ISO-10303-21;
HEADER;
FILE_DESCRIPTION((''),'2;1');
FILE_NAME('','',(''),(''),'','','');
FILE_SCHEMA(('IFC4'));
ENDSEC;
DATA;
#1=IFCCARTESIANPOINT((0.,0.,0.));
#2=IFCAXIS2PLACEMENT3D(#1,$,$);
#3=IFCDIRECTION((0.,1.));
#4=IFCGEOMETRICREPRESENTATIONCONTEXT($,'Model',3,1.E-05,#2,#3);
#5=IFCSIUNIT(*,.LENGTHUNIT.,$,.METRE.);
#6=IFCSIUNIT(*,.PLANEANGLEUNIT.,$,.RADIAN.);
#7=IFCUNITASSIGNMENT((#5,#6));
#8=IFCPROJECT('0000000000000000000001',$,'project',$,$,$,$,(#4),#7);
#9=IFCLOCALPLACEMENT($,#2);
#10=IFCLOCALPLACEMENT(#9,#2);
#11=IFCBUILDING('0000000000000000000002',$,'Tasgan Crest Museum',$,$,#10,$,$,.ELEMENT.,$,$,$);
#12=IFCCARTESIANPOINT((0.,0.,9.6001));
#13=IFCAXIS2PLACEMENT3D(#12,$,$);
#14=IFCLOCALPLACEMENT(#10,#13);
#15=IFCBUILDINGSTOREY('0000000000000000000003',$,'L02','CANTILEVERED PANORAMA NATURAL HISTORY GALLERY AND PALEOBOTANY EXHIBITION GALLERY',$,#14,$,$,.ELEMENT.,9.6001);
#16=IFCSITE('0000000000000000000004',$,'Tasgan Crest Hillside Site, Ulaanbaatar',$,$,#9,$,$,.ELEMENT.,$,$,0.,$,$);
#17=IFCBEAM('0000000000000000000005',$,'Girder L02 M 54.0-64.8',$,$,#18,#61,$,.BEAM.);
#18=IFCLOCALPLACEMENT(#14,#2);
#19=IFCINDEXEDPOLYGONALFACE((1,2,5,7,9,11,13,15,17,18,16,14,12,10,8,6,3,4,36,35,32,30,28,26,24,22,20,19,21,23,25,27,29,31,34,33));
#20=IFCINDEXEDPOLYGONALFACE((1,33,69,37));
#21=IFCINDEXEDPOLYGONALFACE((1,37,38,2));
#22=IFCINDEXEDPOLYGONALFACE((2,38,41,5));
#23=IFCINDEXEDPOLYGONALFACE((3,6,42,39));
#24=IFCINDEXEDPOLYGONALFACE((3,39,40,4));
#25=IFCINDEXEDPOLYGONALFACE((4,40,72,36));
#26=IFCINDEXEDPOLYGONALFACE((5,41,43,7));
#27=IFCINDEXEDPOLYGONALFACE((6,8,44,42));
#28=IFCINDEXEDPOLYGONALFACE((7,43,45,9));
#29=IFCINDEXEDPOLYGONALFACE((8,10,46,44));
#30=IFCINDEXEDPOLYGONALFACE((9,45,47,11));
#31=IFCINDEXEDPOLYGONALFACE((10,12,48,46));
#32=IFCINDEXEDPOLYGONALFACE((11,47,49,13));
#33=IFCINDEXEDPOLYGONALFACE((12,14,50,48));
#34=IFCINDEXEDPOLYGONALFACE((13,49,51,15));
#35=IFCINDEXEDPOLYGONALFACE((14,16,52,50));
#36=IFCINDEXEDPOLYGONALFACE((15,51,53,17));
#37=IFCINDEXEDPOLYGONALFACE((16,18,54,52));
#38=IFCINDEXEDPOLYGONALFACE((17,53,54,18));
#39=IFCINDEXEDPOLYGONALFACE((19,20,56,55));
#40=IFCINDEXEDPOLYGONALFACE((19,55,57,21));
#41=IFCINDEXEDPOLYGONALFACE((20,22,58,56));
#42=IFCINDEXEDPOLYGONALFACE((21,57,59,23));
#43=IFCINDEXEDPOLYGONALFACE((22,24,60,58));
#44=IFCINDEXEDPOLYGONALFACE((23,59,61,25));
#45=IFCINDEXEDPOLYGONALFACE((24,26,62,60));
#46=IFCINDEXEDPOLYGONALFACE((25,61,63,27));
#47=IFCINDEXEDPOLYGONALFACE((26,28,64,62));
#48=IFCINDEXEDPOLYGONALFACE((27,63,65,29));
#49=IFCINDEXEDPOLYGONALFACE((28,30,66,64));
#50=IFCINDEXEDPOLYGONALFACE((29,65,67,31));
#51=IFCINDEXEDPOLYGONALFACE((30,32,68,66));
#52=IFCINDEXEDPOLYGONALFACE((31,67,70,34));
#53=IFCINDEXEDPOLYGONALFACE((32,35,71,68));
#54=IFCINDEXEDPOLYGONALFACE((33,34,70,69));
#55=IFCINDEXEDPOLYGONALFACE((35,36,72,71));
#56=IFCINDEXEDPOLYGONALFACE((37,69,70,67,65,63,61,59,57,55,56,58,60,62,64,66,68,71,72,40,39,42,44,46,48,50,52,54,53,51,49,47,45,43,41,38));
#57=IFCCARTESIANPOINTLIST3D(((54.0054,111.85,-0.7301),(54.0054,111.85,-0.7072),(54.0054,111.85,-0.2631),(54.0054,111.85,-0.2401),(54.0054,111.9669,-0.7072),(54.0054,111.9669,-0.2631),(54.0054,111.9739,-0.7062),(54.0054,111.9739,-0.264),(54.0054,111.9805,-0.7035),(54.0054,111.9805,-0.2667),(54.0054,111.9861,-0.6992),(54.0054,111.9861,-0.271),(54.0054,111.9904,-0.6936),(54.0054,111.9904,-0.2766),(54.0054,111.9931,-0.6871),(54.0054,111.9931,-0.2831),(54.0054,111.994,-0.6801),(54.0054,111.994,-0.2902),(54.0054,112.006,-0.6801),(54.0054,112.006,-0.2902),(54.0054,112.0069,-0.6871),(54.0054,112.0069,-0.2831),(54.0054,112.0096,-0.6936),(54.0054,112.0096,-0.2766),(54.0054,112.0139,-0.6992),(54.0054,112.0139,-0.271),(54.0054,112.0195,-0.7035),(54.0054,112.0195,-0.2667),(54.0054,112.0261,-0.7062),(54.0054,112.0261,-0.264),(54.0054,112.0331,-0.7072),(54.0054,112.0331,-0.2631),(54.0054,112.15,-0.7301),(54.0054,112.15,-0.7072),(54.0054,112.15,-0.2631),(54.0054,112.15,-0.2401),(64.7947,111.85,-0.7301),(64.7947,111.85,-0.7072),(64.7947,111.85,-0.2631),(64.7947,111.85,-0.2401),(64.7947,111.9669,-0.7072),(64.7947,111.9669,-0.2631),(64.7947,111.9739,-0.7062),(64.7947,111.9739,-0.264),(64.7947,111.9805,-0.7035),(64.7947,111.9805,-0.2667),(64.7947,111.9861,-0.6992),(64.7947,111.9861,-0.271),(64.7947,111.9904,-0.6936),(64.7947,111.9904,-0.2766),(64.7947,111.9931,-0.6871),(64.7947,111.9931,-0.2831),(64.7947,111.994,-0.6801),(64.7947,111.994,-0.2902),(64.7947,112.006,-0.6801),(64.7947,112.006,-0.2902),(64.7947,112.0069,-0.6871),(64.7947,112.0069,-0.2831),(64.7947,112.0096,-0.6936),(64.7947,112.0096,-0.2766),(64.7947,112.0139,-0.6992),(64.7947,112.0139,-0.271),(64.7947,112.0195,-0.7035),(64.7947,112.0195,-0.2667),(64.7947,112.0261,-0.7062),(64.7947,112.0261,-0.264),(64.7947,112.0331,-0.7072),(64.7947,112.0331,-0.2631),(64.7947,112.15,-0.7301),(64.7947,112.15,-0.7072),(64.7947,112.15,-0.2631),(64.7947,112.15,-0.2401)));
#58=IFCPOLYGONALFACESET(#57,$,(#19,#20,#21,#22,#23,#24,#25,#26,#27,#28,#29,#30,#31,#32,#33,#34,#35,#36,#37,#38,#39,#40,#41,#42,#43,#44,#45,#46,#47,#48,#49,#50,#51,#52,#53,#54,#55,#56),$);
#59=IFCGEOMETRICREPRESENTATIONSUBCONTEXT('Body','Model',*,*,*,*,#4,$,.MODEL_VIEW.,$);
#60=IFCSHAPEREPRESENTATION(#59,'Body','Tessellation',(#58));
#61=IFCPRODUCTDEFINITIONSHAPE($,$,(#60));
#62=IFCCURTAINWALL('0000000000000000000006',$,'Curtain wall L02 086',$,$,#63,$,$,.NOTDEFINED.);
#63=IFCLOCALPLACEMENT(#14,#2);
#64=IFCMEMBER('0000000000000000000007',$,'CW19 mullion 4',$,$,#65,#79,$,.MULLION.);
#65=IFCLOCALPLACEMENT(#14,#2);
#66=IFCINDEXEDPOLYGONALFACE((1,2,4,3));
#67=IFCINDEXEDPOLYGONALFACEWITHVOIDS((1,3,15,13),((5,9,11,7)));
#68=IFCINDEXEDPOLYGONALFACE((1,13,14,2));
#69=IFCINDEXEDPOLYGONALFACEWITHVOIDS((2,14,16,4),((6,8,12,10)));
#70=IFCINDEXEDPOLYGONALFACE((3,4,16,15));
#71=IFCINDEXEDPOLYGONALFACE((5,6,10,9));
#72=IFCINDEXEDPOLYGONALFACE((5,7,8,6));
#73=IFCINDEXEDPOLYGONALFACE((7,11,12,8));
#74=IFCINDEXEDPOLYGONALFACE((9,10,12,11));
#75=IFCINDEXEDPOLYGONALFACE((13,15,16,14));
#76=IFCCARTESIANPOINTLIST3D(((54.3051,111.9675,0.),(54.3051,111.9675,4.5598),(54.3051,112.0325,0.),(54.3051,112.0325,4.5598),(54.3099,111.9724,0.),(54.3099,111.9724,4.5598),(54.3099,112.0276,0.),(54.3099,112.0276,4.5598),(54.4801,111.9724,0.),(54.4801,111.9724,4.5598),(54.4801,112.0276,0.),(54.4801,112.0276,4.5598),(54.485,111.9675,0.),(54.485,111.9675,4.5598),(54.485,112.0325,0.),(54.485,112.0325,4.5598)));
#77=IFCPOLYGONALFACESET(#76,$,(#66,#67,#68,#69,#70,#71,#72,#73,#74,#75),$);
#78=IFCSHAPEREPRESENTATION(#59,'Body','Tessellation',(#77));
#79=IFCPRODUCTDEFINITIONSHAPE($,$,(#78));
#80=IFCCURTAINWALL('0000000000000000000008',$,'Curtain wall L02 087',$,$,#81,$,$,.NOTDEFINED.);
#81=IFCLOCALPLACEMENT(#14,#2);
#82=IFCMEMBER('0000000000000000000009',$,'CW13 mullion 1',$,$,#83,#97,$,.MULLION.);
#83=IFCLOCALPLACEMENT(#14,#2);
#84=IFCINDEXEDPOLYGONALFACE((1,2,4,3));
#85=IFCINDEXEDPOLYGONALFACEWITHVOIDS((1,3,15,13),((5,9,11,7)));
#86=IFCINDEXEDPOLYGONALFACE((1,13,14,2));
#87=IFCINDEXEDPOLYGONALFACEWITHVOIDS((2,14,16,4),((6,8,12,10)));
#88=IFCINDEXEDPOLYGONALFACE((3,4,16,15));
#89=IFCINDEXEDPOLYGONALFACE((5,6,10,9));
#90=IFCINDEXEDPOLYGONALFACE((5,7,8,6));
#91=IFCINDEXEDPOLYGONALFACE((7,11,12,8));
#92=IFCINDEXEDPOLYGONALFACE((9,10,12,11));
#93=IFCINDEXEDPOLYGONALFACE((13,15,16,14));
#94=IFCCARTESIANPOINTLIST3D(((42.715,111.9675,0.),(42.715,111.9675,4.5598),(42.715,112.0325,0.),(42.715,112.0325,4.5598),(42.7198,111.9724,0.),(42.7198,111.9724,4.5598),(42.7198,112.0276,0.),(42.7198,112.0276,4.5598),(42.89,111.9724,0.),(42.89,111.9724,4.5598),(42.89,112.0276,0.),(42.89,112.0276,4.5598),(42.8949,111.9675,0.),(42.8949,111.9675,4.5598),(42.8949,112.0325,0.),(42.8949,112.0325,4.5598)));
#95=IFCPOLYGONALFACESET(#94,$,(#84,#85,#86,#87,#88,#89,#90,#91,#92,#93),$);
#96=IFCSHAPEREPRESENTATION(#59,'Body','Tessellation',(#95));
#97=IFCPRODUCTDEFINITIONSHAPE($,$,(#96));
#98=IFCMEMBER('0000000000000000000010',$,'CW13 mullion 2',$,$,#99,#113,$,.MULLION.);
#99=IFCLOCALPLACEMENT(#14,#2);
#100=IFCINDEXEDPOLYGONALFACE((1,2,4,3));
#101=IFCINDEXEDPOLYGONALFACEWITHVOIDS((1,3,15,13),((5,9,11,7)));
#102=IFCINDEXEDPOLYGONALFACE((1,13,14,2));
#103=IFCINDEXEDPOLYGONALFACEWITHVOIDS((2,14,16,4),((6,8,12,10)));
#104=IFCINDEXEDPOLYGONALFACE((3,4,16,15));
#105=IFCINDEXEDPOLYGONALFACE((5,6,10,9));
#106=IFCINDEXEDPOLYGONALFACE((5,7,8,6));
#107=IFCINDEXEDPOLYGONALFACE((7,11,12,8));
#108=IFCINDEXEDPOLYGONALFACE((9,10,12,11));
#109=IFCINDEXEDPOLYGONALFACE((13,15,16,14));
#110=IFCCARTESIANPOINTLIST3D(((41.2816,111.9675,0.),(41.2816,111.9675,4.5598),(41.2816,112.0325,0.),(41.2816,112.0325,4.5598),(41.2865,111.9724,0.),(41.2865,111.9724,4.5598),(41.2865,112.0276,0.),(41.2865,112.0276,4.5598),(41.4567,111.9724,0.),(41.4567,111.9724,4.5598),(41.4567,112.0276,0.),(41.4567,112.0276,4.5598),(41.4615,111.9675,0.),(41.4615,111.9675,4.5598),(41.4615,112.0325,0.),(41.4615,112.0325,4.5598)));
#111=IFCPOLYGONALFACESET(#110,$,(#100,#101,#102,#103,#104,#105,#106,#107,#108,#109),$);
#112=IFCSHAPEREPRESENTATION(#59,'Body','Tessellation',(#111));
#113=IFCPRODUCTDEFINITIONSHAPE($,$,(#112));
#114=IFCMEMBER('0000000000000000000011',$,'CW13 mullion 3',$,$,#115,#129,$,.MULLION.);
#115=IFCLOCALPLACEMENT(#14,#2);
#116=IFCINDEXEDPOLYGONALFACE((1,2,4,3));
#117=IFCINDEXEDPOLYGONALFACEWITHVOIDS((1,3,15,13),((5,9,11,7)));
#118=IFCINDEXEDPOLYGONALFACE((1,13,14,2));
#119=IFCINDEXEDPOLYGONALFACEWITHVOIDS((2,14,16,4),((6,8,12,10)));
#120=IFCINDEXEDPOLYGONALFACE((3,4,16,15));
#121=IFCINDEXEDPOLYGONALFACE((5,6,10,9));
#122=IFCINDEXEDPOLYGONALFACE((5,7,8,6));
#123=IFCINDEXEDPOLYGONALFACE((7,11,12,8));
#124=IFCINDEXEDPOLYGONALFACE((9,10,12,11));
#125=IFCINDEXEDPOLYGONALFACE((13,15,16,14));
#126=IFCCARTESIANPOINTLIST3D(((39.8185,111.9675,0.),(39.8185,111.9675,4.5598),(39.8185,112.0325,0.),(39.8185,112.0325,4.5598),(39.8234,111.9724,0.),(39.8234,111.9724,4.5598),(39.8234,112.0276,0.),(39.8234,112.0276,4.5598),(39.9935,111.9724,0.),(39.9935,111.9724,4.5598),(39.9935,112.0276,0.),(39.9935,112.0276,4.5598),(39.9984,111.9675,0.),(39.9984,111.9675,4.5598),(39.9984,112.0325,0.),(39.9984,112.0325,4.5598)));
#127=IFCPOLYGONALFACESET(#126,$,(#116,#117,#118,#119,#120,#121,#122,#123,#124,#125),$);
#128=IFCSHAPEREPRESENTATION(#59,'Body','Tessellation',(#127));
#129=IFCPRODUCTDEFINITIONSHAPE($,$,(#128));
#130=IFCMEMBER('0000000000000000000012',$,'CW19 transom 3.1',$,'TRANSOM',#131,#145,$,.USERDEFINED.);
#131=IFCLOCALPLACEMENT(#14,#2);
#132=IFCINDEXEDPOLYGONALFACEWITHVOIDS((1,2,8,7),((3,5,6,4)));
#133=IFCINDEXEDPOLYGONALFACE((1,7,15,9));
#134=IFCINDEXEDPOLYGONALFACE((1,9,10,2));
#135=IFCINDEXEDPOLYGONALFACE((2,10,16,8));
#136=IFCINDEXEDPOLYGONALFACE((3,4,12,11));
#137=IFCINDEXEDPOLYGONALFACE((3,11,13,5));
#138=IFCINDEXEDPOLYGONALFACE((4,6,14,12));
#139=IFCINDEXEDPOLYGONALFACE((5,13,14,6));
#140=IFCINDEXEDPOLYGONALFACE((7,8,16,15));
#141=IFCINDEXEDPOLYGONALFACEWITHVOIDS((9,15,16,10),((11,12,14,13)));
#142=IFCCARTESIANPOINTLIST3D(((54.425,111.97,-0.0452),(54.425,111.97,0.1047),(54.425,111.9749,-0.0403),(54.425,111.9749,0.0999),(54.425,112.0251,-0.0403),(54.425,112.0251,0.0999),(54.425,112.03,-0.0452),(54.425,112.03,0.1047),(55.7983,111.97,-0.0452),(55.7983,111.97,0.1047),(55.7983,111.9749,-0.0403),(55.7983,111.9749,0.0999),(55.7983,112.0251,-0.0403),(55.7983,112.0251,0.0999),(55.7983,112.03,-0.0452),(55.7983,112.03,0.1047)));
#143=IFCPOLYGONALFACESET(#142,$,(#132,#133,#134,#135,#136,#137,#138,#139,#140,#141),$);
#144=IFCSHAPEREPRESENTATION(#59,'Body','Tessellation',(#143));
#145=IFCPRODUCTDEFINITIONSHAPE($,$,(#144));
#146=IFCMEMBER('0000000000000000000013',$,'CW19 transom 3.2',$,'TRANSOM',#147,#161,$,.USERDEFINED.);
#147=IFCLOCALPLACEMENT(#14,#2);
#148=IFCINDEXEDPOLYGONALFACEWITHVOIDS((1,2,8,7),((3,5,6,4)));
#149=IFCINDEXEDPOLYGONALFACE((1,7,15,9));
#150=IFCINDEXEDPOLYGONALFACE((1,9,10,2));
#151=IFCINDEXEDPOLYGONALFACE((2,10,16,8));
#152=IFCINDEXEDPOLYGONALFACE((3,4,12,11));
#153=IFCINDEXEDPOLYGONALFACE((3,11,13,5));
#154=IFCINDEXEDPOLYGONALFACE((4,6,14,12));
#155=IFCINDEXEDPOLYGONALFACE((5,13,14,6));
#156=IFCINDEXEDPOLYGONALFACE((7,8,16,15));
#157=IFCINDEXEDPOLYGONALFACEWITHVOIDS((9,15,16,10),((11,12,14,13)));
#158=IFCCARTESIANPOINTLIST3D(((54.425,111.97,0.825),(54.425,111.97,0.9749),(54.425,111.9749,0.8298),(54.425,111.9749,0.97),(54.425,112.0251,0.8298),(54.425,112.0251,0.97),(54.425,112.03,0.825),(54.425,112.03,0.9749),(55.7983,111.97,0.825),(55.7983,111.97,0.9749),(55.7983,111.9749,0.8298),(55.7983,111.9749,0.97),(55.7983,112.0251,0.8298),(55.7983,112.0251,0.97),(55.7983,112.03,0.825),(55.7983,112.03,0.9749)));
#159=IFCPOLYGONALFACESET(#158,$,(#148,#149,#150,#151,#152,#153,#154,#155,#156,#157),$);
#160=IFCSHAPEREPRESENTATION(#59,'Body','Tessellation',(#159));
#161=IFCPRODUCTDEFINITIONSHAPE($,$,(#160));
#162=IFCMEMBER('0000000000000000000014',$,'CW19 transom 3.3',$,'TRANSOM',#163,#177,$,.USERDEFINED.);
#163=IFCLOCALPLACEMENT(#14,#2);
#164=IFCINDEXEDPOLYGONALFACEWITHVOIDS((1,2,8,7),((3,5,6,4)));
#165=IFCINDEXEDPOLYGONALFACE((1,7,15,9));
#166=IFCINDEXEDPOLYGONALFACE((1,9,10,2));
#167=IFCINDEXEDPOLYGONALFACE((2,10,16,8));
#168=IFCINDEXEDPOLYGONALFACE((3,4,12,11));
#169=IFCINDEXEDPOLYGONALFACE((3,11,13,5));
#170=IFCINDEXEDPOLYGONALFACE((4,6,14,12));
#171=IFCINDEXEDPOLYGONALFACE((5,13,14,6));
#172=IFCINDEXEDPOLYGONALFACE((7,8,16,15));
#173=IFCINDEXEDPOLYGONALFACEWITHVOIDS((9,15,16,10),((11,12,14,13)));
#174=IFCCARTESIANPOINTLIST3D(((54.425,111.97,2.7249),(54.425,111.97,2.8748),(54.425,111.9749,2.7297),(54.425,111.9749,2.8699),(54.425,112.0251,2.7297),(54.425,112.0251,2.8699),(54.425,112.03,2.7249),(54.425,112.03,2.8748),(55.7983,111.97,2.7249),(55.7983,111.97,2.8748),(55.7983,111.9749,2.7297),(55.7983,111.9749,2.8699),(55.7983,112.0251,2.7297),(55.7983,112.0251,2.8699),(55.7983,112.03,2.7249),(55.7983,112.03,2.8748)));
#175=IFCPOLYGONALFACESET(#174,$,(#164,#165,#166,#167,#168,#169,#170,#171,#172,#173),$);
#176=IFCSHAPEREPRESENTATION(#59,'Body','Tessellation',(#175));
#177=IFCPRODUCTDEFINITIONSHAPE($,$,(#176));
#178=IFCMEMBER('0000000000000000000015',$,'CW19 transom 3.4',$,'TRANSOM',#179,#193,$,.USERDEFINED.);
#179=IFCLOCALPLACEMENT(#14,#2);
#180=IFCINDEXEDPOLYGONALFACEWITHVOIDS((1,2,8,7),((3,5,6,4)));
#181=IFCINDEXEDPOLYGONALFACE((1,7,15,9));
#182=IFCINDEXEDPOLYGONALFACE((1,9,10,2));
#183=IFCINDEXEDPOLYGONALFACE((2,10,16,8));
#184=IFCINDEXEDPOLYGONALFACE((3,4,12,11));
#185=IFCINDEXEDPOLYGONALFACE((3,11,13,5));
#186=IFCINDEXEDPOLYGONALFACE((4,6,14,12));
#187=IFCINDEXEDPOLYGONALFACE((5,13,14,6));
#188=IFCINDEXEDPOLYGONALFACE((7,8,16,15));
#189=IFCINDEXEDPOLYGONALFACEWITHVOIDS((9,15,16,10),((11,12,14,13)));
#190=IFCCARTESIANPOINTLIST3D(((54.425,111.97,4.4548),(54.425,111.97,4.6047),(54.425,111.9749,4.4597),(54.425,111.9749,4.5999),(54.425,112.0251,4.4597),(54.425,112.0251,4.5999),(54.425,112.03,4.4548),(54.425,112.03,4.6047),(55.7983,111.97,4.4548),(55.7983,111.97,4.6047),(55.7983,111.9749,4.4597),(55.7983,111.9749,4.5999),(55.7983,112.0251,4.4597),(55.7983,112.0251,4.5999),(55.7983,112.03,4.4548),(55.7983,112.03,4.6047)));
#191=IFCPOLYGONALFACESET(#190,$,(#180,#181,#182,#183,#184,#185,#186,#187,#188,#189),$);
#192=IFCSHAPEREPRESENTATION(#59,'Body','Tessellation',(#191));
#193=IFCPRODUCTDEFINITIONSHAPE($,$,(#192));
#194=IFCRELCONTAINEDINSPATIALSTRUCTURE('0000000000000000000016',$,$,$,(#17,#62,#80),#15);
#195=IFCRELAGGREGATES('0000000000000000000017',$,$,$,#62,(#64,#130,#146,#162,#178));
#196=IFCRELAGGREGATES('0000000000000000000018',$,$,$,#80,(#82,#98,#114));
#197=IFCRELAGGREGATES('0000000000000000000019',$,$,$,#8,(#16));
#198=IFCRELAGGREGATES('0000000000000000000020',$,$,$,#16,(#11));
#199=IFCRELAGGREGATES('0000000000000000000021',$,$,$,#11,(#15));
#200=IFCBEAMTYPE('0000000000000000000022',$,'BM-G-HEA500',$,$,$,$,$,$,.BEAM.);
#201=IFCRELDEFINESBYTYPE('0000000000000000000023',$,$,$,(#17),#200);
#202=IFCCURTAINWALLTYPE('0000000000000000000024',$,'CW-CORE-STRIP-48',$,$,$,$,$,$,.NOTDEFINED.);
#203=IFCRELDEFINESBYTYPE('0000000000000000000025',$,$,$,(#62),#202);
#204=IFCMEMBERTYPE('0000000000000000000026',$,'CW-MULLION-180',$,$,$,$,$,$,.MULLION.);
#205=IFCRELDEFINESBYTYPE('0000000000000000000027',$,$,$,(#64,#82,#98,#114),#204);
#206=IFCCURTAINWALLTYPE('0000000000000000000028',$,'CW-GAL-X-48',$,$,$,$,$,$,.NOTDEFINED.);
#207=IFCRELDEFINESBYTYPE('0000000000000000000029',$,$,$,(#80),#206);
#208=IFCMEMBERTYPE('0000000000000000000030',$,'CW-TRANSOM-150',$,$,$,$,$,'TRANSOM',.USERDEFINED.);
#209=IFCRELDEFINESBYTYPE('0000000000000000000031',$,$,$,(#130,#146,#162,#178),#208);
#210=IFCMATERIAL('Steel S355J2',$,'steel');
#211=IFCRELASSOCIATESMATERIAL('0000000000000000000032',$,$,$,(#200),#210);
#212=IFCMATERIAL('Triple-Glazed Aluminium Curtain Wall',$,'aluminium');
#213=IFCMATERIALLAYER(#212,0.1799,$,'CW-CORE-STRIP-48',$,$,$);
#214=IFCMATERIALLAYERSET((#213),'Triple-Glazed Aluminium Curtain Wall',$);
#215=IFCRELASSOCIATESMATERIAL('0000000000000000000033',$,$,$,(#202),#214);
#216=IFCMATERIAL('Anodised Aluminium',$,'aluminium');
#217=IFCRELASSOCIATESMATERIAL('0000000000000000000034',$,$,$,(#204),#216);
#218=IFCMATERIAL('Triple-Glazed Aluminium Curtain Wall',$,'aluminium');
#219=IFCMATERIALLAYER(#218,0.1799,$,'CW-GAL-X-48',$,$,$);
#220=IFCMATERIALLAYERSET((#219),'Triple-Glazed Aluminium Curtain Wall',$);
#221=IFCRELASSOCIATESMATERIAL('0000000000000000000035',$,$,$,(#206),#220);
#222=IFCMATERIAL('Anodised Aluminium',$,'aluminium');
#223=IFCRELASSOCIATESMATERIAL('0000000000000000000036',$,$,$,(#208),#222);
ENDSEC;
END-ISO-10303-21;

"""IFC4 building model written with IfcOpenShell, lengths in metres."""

from ifc_helpers import new_model, si_unit, direction, frame, origin, origin_2d, place, context, subcontext, project, spatial, hollow_rectangle, i_section, extrude, material, layer, layer_set, material_profile, profile_set, type_object, element, aggregate, save


model = new_model("IFC4")

# Units and contexts
model_context = context("Model", 3, precision=1e-05, world=origin(), true_north=direction((0.0, 1.0)))
body_context = subcontext(model_context, "Body", "Model", "MODEL_VIEW")
ifc_project = project(units=[si_unit("LENGTHUNIT", "METRE"), si_unit("PLANEANGLEUNIT", "RADIAN")], contexts=[model_context])

# Site, building, storey
site_placement = place(None, origin())
site = spatial("IfcSite", under=ifc_project, at=site_placement, Name="Tasgan Crest Hillside Site, Ulaanbaatar", CompositionType="ELEMENT", RefElevation=0.0)
building_placement = place(site_placement, origin())
building = spatial("IfcBuilding", under=site, at=building_placement, Name="Tasgan Crest Museum", CompositionType="ELEMENT")
storey_placement = place(building_placement, frame((0.0, 0.0, 9.6001)))
storey = spatial("IfcBuildingStorey", under=building, at=storey_placement, Name="L02", Description="CANTILEVERED PANORAMA NATURAL HISTORY GALLERY AND PALEOBOTANY EXHIBITION GALLERY", CompositionType="ELEMENT", Elevation=9.6001)

# Beam
ifc_material_1 = material(Name="Steel S355J2", Category="steel")
ifc_material_profile_1 = material_profile(ifc_material_1, i_section(OverallWidth=0.3, OverallDepth=0.49, WebThickness=0.012, FlangeThickness=0.0229, FilletRadius=0.0271, at=origin_2d()), Name="HEA 500")
ifc_profile_set_1 = profile_set([ifc_material_profile_1], Name="Steel S355J2")
beam_type = type_object("IfcBeamType", Name="BM-G-HEA500", PredefinedType="BEAM", material=ifc_profile_set_1)
beam_1_placement = place(storey_placement, frame((54.0054, 112.0, -0.4851), z_axis=(1.0, 0.0, 0.0), x_axis=(0.0, 1.0, 0.0)))
element("IfcBeam", 1, at=beam_1_placement, inside=storey, type_object=beam_type, Name="Girder L02 M 54.0-64.8", PredefinedType="BEAM", context=body_context, shape_type="SweptSolid", body=[
    extrude(i_section(OverallWidth=0.3, OverallDepth=0.49, WebThickness=0.012, FlangeThickness=0.0229, FilletRadius=0.0271, at=origin_2d()), origin(), (0.0, 0.0, 1.0), 10.7893),
])

# Curtain wall, member
ifc_material_2 = material(Name="Triple-Glazed Aluminium Curtain Wall", Category="aluminium")
ifc_layer_1 = layer(ifc_material_2, 0.1799, Name="CW-CORE-STRIP-48")
ifc_layer_set_1 = layer_set([ifc_layer_1], Name="Triple-Glazed Aluminium Curtain Wall")
curtain_wall_type_1 = type_object("IfcCurtainWallType", Name="CW-CORE-STRIP-48", PredefinedType="NOTDEFINED", material=ifc_layer_set_1)
curtain_wall_1_placement = place(storey_placement, origin())
curtain_wall_1 = element("IfcCurtainWall", 2, at=curtain_wall_1_placement, inside=storey, type_object=curtain_wall_type_1, Name="Curtain wall L02 086", PredefinedType="NOTDEFINED")
ifc_material_3 = material(Name="Anodised Aluminium", Category="aluminium")
ifc_material_profile_2 = material_profile(ifc_material_3, hollow_rectangle(XDim=0.0649, YDim=0.1799, WallThickness=0.0049, at=origin_2d()), Name="ALU MULLION 180x65x5")
ifc_profile_set_2 = profile_set([ifc_material_profile_2], Name="Anodised Aluminium")
member_type_1 = type_object("IfcMemberType", Name="CW-MULLION-180", PredefinedType="MULLION", material=ifc_profile_set_2)
member_1_placement = place(storey_placement, frame((54.395, 112.0, 0.0), z_axis=(0.0, 0.0, 1.0), x_axis=(0.0, -1.0, 0.0)))
member_1 = element("IfcMember", 3, at=member_1_placement, type_object=member_type_1, Name="CW19 mullion 4", PredefinedType="MULLION", context=body_context, shape_type="SweptSolid", body=[
    extrude(hollow_rectangle(XDim=0.0649, YDim=0.1799, WallThickness=0.0049, at=origin_2d()), origin(), (0.0, 0.0, 1.0), 4.5598),
])

# Curtain wall, members
ifc_material_4 = material(Name="Triple-Glazed Aluminium Curtain Wall", Category="aluminium")
ifc_layer_2 = layer(ifc_material_4, 0.1799, Name="CW-GAL-X-48")
ifc_layer_set_2 = layer_set([ifc_layer_2], Name="Triple-Glazed Aluminium Curtain Wall")
curtain_wall_type_2 = type_object("IfcCurtainWallType", Name="CW-GAL-X-48", PredefinedType="NOTDEFINED", material=ifc_layer_set_2)
curtain_wall_2_placement = place(storey_placement, origin())
curtain_wall_2 = element("IfcCurtainWall", 4, at=curtain_wall_2_placement, inside=storey, type_object=curtain_wall_type_2, Name="Curtain wall L02 087", PredefinedType="NOTDEFINED")
member_2_placement = place(storey_placement, frame((42.8049, 112.0, 0.0), z_axis=(0.0, 0.0, 1.0), x_axis=(0.0, -1.0, 0.0)))
member_2 = element("IfcMember", 5, at=member_2_placement, type_object=member_type_1, Name="CW13 mullion 1", PredefinedType="MULLION", context=body_context, shape_type="SweptSolid", body=[
    extrude(hollow_rectangle(XDim=0.0649, YDim=0.1799, WallThickness=0.0049, at=origin_2d()), origin(), (0.0, 0.0, 1.0), 4.5598),
])
member_3_placement = place(storey_placement, frame((41.3716, 112.0, 0.0), z_axis=(0.0, 0.0, 1.0), x_axis=(0.0, -1.0, 0.0)))
member_3 = element("IfcMember", 6, at=member_3_placement, type_object=member_type_1, Name="CW13 mullion 2", PredefinedType="MULLION", context=body_context, shape_type="SweptSolid", body=[
    extrude(hollow_rectangle(XDim=0.0649, YDim=0.1799, WallThickness=0.0049, at=origin_2d()), origin(), (0.0, 0.0, 1.0), 4.5598),
])
member_4_placement = place(storey_placement, frame((39.9084, 112.0, 0.0), z_axis=(0.0, 0.0, 1.0), x_axis=(0.0, -1.0, 0.0)))
member_4 = element("IfcMember", 7, at=member_4_placement, type_object=member_type_1, Name="CW13 mullion 3", PredefinedType="MULLION", context=body_context, shape_type="SweptSolid", body=[
    extrude(hollow_rectangle(XDim=0.0649, YDim=0.1799, WallThickness=0.0049, at=origin_2d()), origin(), (0.0, 0.0, 1.0), 4.5598),
])

# Members
ifc_material_5 = material(Name="Anodised Aluminium", Category="aluminium")
ifc_material_profile_3 = material_profile(ifc_material_5, hollow_rectangle(XDim=0.0601, YDim=0.1499, WallThickness=0.0049, at=origin_2d()), Name="ALU TRANSOM 150x60x5")
ifc_profile_set_3 = profile_set([ifc_material_profile_3], Name="Anodised Aluminium")
member_type_2 = type_object("IfcMemberType", Name="CW-TRANSOM-150", ElementType="TRANSOM", PredefinedType="USERDEFINED", material=ifc_profile_set_3)
member_5_placement = place(storey_placement, frame((55.7983, 112.0, 0.0298), z_axis=(-1.0, 0.0, 0.0), x_axis=(0.0, -1.0, 0.0)))
member_5 = element("IfcMember", 8, at=member_5_placement, type_object=member_type_2, Name="CW19 transom 3.1", ObjectType="TRANSOM", PredefinedType="USERDEFINED", context=body_context, shape_type="SweptSolid", body=[
    extrude(hollow_rectangle(XDim=0.0601, YDim=0.1499, WallThickness=0.0049, at=origin_2d()), origin(), (0.0, 0.0, 1.0), 1.3733),
])
member_6_placement = place(storey_placement, frame((55.7983, 112.0, 0.8999), z_axis=(-1.0, 0.0, 0.0), x_axis=(0.0, -1.0, 0.0)))
member_6 = element("IfcMember", 9, at=member_6_placement, type_object=member_type_2, Name="CW19 transom 3.2", ObjectType="TRANSOM", PredefinedType="USERDEFINED", context=body_context, shape_type="SweptSolid", body=[
    extrude(hollow_rectangle(XDim=0.0601, YDim=0.1499, WallThickness=0.0049, at=origin_2d()), origin(), (0.0, 0.0, 1.0), 1.3733),
])
member_7_placement = place(storey_placement, frame((55.7983, 112.0, 2.7998), z_axis=(-1.0, 0.0, 0.0), x_axis=(0.0, -1.0, 0.0)))
member_7 = element("IfcMember", 10, at=member_7_placement, type_object=member_type_2, Name="CW19 transom 3.3", ObjectType="TRANSOM", PredefinedType="USERDEFINED", context=body_context, shape_type="SweptSolid", body=[
    extrude(hollow_rectangle(XDim=0.0601, YDim=0.1499, WallThickness=0.0049, at=origin_2d()), origin(), (0.0, 0.0, 1.0), 1.3733),
])
member_8_placement = place(storey_placement, frame((55.7983, 112.0, 4.5298), z_axis=(-1.0, 0.0, 0.0), x_axis=(0.0, -1.0, 0.0)))
member_8 = element("IfcMember", 11, at=member_8_placement, type_object=member_type_2, Name="CW19 transom 3.4", ObjectType="TRANSOM", PredefinedType="USERDEFINED", context=body_context, shape_type="SweptSolid", body=[
    extrude(hollow_rectangle(XDim=0.0601, YDim=0.1499, WallThickness=0.0049, at=origin_2d()), origin(), (0.0, 0.0, 1.0), 1.3733),
])

aggregate(curtain_wall_1, [member_1, member_5, member_6, member_7, member_8])
aggregate(curtain_wall_2, [member_2, member_3, member_4])

save(model, "model.ifc")
